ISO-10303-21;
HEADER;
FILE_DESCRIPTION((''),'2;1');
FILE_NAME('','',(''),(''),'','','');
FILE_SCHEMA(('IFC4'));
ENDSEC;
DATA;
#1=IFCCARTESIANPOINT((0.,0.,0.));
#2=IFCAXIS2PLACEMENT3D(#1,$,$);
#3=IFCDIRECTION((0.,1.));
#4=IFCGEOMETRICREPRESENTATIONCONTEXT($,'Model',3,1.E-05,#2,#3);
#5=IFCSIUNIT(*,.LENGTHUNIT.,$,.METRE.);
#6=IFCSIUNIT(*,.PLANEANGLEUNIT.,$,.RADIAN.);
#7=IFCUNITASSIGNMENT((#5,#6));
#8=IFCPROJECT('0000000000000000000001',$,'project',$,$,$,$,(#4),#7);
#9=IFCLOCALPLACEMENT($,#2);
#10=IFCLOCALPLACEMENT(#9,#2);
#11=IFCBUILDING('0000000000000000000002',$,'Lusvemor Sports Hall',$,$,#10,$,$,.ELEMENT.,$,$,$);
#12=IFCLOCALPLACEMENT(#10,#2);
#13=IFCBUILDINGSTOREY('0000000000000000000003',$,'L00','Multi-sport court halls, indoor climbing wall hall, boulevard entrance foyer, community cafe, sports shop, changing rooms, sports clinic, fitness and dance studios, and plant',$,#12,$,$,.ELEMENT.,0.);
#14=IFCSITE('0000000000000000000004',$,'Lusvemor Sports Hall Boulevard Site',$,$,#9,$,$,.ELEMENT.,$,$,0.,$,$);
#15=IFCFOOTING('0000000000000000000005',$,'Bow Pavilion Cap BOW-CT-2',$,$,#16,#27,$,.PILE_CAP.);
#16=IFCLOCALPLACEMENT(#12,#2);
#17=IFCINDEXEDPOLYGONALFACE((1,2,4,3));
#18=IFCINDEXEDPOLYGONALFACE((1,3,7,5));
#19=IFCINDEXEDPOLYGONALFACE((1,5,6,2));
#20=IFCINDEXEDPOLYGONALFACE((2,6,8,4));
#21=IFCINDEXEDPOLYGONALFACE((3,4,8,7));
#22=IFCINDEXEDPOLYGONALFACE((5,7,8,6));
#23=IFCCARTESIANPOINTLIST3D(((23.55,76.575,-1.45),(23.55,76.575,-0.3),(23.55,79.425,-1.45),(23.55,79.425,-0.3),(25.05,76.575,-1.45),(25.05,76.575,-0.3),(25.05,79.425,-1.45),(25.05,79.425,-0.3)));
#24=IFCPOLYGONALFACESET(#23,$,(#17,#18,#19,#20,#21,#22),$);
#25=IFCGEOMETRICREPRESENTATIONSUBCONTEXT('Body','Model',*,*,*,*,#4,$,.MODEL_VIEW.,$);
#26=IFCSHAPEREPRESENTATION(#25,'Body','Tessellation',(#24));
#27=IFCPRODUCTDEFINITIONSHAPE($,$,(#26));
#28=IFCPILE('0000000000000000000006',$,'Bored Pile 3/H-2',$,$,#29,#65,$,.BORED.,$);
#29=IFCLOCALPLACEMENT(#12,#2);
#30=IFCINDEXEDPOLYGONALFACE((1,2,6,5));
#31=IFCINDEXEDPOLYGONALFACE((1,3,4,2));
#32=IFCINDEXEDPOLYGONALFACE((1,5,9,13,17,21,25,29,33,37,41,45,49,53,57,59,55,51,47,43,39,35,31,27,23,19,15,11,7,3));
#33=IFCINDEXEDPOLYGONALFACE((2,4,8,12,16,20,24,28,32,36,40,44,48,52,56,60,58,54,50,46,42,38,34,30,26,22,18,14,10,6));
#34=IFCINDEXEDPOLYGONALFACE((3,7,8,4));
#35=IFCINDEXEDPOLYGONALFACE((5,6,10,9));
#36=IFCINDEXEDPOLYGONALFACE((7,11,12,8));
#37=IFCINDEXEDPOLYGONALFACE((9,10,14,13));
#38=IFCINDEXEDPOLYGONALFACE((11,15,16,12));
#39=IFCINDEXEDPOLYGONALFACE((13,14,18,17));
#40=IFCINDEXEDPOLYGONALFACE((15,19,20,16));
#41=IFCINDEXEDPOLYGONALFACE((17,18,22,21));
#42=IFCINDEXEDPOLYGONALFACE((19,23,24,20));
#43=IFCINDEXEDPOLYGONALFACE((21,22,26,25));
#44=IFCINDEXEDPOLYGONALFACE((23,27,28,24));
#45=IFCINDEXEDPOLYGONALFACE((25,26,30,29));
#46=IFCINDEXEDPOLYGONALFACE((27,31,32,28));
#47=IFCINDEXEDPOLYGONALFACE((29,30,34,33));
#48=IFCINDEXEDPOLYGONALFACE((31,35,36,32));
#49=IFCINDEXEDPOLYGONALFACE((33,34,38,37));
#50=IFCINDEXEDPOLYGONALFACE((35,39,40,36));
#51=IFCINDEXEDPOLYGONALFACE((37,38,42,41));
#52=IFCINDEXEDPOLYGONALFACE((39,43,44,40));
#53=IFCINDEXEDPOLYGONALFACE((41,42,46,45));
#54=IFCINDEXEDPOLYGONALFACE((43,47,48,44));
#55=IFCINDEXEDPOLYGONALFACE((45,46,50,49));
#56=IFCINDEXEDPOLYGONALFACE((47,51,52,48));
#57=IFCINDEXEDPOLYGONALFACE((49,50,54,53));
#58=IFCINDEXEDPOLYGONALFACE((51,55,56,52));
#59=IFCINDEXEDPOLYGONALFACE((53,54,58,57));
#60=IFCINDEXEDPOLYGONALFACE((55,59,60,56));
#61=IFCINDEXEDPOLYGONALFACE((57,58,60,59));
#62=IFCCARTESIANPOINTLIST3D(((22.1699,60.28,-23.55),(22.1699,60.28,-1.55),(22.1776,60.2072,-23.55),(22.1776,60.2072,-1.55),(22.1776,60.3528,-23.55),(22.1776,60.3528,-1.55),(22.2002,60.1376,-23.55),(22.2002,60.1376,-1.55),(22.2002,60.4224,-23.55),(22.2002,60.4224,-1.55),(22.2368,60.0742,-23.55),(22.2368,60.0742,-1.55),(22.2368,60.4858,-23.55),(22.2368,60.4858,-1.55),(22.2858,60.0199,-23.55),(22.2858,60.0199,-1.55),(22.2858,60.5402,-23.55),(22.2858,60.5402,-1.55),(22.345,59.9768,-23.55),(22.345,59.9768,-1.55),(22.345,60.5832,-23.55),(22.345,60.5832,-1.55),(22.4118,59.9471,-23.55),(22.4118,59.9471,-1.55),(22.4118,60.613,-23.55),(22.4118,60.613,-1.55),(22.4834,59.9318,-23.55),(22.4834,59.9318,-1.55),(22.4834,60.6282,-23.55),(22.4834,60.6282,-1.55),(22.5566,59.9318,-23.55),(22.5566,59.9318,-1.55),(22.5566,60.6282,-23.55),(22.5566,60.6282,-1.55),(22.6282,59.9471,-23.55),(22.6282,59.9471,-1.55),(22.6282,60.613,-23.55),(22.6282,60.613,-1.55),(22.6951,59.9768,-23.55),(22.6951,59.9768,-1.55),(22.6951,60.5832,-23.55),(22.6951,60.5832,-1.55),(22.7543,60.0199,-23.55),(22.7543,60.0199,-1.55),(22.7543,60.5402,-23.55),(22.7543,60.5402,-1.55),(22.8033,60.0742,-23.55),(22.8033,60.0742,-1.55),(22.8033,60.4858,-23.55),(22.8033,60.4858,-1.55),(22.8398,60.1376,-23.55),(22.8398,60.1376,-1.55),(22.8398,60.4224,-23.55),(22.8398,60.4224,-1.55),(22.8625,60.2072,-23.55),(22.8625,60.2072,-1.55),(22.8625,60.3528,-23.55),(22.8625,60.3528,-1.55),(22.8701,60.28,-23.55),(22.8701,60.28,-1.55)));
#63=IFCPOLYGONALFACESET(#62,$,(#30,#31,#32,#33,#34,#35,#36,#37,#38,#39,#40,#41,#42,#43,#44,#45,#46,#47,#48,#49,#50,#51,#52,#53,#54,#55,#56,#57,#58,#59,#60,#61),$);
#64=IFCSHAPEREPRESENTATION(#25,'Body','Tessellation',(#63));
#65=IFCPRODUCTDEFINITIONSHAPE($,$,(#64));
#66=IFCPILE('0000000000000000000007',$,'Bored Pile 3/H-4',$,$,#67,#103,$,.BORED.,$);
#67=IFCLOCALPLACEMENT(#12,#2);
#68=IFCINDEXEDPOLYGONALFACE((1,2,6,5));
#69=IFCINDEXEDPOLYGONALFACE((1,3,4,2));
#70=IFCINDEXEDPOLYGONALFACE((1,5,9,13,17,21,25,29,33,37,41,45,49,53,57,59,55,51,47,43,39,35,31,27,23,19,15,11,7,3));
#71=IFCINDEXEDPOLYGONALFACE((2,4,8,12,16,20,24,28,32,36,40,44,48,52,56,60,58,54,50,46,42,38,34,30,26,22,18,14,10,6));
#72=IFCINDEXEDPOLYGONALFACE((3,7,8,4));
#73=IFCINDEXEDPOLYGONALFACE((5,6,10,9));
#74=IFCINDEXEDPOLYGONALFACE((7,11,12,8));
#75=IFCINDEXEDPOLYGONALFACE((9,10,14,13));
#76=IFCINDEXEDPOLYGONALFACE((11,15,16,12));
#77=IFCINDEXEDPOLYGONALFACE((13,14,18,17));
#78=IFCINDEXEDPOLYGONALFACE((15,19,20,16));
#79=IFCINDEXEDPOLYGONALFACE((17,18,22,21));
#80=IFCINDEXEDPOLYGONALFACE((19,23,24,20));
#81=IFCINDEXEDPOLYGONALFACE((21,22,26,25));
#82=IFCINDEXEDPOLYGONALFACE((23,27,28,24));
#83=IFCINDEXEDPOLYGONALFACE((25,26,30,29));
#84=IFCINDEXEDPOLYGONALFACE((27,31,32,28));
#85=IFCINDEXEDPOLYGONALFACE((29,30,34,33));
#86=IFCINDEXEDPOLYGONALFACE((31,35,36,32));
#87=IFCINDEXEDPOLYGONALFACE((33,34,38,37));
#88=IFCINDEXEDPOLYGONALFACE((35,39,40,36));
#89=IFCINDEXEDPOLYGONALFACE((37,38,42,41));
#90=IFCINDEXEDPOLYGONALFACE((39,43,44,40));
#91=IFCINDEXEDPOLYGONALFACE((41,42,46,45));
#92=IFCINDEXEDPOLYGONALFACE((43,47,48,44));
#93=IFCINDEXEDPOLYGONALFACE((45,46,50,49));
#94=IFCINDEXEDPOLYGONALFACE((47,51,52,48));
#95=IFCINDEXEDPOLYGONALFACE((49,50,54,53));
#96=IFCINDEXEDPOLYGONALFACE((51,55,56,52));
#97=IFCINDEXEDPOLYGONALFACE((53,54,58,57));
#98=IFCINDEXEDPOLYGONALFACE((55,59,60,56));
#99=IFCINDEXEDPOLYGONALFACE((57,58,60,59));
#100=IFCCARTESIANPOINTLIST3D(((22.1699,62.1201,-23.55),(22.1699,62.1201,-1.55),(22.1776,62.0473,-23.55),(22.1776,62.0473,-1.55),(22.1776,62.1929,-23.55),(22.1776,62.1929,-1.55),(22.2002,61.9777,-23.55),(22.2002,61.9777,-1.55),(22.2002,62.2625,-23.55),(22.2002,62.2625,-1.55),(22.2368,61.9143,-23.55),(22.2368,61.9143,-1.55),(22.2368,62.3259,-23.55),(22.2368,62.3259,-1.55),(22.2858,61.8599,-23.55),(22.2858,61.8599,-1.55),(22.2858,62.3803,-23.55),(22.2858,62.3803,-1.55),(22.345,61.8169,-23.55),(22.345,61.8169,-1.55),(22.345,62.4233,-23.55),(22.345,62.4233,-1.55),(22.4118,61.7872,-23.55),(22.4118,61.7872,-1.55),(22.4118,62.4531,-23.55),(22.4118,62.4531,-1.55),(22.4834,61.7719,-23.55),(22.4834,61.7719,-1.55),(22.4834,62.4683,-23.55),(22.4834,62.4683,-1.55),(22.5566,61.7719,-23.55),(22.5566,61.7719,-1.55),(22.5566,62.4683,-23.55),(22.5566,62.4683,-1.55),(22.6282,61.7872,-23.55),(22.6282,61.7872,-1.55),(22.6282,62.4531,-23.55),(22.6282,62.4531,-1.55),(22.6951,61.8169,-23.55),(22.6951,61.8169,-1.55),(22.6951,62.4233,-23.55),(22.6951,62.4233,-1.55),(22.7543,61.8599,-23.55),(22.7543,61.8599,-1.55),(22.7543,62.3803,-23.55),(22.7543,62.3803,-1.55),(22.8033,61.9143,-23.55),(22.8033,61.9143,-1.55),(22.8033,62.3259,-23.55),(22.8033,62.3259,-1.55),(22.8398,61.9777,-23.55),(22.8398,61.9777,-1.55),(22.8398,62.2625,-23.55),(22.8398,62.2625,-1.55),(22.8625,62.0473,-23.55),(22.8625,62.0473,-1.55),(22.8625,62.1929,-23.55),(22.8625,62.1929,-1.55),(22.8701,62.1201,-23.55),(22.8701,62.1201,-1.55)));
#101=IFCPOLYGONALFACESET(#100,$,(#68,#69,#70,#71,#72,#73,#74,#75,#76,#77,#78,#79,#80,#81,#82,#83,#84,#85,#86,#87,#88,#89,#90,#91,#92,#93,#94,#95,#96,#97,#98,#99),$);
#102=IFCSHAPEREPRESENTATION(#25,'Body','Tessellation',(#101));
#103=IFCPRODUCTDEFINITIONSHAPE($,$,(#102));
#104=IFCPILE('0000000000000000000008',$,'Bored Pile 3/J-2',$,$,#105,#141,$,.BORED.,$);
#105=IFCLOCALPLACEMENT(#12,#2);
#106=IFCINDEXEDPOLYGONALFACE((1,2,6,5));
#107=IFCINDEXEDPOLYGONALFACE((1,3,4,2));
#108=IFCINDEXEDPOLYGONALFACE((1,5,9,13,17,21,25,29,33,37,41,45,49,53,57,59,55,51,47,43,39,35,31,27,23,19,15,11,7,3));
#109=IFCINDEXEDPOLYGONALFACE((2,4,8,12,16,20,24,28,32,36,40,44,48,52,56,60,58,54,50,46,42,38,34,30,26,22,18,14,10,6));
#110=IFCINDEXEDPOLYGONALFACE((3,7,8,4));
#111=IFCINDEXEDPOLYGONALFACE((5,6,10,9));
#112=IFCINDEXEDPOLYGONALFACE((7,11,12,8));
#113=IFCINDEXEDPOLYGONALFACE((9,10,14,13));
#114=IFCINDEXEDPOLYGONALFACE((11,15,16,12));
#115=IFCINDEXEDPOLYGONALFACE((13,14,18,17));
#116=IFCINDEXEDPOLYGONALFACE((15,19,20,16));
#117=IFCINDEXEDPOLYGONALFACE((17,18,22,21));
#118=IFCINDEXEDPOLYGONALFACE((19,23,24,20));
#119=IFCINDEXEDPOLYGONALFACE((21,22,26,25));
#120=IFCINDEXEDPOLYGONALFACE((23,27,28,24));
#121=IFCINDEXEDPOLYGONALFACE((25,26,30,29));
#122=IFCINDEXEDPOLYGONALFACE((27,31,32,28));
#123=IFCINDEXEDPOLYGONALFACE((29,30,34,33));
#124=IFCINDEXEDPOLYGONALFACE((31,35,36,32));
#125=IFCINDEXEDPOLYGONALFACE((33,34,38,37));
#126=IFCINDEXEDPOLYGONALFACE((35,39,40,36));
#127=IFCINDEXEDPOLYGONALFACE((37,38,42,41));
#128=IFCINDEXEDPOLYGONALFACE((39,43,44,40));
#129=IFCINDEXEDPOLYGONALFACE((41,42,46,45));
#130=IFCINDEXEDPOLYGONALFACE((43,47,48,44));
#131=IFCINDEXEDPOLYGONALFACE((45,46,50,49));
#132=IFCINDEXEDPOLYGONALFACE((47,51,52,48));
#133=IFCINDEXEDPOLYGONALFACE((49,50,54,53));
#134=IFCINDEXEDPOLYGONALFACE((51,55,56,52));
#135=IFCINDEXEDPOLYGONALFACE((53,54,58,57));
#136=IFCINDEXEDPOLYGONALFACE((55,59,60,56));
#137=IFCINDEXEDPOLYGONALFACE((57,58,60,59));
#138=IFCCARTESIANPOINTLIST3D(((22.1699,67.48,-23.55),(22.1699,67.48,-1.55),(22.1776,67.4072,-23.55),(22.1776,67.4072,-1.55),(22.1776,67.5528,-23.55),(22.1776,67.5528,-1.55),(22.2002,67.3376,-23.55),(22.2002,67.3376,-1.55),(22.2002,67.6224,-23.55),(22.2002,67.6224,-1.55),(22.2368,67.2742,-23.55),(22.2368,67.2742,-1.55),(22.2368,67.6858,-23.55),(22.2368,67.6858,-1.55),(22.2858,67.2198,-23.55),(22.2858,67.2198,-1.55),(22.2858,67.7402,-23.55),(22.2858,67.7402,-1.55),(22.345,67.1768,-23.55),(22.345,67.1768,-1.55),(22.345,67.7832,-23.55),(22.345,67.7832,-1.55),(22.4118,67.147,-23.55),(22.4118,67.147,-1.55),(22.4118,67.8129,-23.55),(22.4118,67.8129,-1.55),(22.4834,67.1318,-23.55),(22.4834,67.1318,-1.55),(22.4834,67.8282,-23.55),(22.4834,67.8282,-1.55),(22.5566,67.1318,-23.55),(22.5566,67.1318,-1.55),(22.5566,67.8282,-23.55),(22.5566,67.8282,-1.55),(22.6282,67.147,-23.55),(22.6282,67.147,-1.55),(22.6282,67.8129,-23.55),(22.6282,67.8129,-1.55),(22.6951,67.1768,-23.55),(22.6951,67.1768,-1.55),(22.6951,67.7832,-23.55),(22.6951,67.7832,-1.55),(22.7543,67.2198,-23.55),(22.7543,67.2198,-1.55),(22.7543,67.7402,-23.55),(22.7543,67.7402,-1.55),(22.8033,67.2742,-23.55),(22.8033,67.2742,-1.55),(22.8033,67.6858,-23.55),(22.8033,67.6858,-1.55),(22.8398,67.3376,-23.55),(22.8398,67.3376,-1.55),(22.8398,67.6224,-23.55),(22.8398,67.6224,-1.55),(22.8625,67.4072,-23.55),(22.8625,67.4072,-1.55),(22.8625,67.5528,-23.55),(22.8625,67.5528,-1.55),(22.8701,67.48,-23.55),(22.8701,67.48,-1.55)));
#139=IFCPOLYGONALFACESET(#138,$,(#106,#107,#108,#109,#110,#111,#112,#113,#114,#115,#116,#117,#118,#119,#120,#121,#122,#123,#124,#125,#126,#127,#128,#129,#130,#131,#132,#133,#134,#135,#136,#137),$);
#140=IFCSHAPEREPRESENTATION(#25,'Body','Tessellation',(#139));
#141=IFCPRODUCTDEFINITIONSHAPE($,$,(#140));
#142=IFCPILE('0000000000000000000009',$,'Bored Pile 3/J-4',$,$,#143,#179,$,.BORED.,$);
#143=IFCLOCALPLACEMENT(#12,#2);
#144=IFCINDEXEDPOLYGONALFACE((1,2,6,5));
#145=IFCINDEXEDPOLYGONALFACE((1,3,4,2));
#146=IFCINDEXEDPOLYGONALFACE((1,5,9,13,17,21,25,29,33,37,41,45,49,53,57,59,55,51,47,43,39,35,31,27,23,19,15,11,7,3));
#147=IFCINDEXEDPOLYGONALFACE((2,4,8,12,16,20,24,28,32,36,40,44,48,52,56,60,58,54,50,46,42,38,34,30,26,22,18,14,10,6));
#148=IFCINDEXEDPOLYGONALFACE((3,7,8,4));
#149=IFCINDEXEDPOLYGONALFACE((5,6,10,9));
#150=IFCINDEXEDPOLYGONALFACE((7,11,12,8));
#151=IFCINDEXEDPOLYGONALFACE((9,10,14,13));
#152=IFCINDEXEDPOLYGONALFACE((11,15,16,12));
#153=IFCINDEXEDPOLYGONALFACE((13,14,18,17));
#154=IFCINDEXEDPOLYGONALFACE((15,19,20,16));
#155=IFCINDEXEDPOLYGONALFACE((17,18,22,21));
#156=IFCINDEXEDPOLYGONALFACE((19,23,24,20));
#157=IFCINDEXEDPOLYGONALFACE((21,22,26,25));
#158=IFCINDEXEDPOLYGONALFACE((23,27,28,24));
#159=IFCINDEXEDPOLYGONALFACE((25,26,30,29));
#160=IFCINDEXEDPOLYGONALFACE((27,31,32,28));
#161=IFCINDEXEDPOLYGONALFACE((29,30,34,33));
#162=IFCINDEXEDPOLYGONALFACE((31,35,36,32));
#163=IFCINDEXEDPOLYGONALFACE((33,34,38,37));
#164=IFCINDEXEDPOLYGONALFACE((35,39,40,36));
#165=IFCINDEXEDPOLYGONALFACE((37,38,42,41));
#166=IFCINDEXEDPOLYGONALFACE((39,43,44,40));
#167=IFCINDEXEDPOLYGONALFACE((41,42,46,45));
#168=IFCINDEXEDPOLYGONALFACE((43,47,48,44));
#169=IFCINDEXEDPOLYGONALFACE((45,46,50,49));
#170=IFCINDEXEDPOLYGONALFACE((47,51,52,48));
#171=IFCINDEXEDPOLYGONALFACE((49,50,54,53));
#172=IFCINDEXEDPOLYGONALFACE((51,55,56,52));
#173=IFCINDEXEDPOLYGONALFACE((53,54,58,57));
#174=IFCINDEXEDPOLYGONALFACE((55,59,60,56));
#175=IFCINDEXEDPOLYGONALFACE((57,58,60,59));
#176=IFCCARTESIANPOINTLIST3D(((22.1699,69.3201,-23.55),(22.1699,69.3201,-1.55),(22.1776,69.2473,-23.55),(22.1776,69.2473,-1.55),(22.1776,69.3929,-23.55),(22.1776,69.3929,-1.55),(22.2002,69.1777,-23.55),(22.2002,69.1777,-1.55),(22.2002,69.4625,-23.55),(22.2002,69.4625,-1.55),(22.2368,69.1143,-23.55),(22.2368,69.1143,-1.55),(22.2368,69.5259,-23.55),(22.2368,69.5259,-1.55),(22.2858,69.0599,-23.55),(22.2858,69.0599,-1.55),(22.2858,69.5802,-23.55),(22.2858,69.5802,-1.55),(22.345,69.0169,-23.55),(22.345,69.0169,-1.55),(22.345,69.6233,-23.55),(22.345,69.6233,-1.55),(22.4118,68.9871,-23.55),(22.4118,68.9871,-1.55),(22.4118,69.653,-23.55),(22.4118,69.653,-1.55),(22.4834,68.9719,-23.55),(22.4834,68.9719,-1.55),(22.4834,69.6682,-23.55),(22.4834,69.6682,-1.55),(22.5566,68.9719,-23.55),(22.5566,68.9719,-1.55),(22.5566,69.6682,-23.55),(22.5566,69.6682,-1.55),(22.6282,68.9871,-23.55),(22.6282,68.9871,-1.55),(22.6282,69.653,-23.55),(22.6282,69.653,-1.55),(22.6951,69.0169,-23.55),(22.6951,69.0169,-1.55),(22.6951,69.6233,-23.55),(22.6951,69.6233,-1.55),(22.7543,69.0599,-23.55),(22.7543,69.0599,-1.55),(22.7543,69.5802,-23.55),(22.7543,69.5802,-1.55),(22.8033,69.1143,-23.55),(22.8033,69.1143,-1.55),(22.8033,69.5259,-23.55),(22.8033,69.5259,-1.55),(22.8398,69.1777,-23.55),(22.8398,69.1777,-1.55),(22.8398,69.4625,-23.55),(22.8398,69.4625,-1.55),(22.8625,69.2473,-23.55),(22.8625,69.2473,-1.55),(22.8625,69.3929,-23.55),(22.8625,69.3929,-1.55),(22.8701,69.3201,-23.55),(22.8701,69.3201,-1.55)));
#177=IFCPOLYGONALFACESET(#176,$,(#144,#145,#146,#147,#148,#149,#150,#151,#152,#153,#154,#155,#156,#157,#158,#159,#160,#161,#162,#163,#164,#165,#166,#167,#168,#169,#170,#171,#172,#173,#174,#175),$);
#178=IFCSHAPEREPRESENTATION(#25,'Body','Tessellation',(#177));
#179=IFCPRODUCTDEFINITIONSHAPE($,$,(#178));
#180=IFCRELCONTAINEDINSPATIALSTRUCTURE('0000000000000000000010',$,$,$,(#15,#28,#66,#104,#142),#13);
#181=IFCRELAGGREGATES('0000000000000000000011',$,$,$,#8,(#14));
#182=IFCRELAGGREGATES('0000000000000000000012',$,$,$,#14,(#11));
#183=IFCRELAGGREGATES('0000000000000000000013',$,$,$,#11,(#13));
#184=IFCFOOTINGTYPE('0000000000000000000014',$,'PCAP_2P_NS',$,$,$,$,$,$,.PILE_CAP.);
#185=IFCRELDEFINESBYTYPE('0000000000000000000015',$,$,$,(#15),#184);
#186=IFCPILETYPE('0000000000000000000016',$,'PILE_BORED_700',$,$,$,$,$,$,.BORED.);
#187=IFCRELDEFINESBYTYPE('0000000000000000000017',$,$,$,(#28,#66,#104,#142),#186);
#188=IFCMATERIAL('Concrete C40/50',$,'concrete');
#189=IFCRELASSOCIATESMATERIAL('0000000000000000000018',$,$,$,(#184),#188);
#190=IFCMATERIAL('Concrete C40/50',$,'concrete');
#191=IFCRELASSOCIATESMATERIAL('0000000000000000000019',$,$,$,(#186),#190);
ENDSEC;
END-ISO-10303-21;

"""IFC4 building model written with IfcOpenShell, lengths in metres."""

from ifc_helpers import new_model, si_unit, direction, frame, origin, origin_2d, place, context, subcontext, project, spatial, rectangle, circle, extrude, material, material_profile, profile_set, type_object, element, save


model = new_model("IFC4")

# Units and contexts
model_context = context("Model", 3, precision=1e-05, world=origin(), true_north=direction((0.0, 1.0)))
body_context = subcontext(model_context, "Body", "Model", "MODEL_VIEW")
ifc_project = project(units=[si_unit("LENGTHUNIT", "METRE"), si_unit("PLANEANGLEUNIT", "RADIAN")], contexts=[model_context])

# Site, building, storey
site_placement = place(None, origin())
site = spatial("IfcSite", under=ifc_project, at=site_placement, Name="Lusvemor Sports Hall Boulevard Site", CompositionType="ELEMENT", RefElevation=0.0)
building_placement = place(site_placement, origin())
building = spatial("IfcBuilding", under=site, at=building_placement, Name="Lusvemor Sports Hall", CompositionType="ELEMENT")
storey_placement = place(building_placement, origin())
storey = spatial("IfcBuildingStorey", under=building, at=storey_placement, Name="L00", Description="Multi-sport court halls, indoor climbing wall hall, boulevard entrance foyer, community cafe, sports shop, changing rooms, sports clinic, fitness and dance studios, and plant", CompositionType="ELEMENT", Elevation=0.0)

# Footing
ifc_material_1 = material(Name="Concrete C40/50", Category="concrete")
footing_type = type_object("IfcFootingType", Name="PCAP_2P_NS", PredefinedType="PILE_CAP", material=ifc_material_1)
footing_placement = place(storey_placement, frame((24.3, 78.0, -1.45), z_axis=(0.0, 0.0, 1.0), x_axis=(1.0, 0.0, 0.0)))
element("IfcFooting", 1, at=footing_placement, inside=storey, type_object=footing_type, Name="Bow Pavilion Cap BOW-CT-2", PredefinedType="PILE_CAP", context=body_context, shape_type="SweptSolid", body=[
    extrude(rectangle(XDim=1.5, YDim=2.8501, at=origin_2d()), origin(), (0.0, 0.0, 1.0), 1.1499),
])

# Piles
ifc_material_2 = material(Name="Concrete C40/50", Category="concrete")
ifc_material_profile_1 = material_profile(ifc_material_2, circle(Radius=0.3501, at=origin_2d()), Name="PILE700")
ifc_profile_set_1 = profile_set([ifc_material_profile_1], Name="Concrete C40/50")
pile_type = type_object("IfcPileType", Name="PILE_BORED_700", PredefinedType="BORED", material=ifc_profile_set_1)
for number, where, z_axis, x_axis, name in (
    (2, (22.52, 60.28, -1.55), (0.0, 0.0, -1.0), (1.0, 0.0, 0.0), "Bored Pile 3/H-2"),
    (3, (22.52, 62.1201, -1.55), (0.0, 0.0, -1.0), (1.0, 0.0, 0.0), "Bored Pile 3/H-4"),
    (4, (22.52, 67.48, -1.55), (0.0, 0.0, -1.0), (1.0, 0.0, 0.0), "Bored Pile 3/J-2"),
    (5, (22.52, 69.3201, -1.55), (0.0, 0.0, -1.0), (1.0, 0.0, 0.0), "Bored Pile 3/J-4"),
):
    element("IfcPile", number, at=place(storey_placement, frame(where, z_axis=z_axis, x_axis=x_axis)), inside=storey, type_object=pile_type, Name=name, PredefinedType="BORED", context=body_context, shape_type="SweptSolid", body=[
        extrude(circle(Radius=0.3501, at=origin_2d()), origin(), (0.0, 0.0, 1.0), 22.0),
    ])

save(model, "model.ifc")
